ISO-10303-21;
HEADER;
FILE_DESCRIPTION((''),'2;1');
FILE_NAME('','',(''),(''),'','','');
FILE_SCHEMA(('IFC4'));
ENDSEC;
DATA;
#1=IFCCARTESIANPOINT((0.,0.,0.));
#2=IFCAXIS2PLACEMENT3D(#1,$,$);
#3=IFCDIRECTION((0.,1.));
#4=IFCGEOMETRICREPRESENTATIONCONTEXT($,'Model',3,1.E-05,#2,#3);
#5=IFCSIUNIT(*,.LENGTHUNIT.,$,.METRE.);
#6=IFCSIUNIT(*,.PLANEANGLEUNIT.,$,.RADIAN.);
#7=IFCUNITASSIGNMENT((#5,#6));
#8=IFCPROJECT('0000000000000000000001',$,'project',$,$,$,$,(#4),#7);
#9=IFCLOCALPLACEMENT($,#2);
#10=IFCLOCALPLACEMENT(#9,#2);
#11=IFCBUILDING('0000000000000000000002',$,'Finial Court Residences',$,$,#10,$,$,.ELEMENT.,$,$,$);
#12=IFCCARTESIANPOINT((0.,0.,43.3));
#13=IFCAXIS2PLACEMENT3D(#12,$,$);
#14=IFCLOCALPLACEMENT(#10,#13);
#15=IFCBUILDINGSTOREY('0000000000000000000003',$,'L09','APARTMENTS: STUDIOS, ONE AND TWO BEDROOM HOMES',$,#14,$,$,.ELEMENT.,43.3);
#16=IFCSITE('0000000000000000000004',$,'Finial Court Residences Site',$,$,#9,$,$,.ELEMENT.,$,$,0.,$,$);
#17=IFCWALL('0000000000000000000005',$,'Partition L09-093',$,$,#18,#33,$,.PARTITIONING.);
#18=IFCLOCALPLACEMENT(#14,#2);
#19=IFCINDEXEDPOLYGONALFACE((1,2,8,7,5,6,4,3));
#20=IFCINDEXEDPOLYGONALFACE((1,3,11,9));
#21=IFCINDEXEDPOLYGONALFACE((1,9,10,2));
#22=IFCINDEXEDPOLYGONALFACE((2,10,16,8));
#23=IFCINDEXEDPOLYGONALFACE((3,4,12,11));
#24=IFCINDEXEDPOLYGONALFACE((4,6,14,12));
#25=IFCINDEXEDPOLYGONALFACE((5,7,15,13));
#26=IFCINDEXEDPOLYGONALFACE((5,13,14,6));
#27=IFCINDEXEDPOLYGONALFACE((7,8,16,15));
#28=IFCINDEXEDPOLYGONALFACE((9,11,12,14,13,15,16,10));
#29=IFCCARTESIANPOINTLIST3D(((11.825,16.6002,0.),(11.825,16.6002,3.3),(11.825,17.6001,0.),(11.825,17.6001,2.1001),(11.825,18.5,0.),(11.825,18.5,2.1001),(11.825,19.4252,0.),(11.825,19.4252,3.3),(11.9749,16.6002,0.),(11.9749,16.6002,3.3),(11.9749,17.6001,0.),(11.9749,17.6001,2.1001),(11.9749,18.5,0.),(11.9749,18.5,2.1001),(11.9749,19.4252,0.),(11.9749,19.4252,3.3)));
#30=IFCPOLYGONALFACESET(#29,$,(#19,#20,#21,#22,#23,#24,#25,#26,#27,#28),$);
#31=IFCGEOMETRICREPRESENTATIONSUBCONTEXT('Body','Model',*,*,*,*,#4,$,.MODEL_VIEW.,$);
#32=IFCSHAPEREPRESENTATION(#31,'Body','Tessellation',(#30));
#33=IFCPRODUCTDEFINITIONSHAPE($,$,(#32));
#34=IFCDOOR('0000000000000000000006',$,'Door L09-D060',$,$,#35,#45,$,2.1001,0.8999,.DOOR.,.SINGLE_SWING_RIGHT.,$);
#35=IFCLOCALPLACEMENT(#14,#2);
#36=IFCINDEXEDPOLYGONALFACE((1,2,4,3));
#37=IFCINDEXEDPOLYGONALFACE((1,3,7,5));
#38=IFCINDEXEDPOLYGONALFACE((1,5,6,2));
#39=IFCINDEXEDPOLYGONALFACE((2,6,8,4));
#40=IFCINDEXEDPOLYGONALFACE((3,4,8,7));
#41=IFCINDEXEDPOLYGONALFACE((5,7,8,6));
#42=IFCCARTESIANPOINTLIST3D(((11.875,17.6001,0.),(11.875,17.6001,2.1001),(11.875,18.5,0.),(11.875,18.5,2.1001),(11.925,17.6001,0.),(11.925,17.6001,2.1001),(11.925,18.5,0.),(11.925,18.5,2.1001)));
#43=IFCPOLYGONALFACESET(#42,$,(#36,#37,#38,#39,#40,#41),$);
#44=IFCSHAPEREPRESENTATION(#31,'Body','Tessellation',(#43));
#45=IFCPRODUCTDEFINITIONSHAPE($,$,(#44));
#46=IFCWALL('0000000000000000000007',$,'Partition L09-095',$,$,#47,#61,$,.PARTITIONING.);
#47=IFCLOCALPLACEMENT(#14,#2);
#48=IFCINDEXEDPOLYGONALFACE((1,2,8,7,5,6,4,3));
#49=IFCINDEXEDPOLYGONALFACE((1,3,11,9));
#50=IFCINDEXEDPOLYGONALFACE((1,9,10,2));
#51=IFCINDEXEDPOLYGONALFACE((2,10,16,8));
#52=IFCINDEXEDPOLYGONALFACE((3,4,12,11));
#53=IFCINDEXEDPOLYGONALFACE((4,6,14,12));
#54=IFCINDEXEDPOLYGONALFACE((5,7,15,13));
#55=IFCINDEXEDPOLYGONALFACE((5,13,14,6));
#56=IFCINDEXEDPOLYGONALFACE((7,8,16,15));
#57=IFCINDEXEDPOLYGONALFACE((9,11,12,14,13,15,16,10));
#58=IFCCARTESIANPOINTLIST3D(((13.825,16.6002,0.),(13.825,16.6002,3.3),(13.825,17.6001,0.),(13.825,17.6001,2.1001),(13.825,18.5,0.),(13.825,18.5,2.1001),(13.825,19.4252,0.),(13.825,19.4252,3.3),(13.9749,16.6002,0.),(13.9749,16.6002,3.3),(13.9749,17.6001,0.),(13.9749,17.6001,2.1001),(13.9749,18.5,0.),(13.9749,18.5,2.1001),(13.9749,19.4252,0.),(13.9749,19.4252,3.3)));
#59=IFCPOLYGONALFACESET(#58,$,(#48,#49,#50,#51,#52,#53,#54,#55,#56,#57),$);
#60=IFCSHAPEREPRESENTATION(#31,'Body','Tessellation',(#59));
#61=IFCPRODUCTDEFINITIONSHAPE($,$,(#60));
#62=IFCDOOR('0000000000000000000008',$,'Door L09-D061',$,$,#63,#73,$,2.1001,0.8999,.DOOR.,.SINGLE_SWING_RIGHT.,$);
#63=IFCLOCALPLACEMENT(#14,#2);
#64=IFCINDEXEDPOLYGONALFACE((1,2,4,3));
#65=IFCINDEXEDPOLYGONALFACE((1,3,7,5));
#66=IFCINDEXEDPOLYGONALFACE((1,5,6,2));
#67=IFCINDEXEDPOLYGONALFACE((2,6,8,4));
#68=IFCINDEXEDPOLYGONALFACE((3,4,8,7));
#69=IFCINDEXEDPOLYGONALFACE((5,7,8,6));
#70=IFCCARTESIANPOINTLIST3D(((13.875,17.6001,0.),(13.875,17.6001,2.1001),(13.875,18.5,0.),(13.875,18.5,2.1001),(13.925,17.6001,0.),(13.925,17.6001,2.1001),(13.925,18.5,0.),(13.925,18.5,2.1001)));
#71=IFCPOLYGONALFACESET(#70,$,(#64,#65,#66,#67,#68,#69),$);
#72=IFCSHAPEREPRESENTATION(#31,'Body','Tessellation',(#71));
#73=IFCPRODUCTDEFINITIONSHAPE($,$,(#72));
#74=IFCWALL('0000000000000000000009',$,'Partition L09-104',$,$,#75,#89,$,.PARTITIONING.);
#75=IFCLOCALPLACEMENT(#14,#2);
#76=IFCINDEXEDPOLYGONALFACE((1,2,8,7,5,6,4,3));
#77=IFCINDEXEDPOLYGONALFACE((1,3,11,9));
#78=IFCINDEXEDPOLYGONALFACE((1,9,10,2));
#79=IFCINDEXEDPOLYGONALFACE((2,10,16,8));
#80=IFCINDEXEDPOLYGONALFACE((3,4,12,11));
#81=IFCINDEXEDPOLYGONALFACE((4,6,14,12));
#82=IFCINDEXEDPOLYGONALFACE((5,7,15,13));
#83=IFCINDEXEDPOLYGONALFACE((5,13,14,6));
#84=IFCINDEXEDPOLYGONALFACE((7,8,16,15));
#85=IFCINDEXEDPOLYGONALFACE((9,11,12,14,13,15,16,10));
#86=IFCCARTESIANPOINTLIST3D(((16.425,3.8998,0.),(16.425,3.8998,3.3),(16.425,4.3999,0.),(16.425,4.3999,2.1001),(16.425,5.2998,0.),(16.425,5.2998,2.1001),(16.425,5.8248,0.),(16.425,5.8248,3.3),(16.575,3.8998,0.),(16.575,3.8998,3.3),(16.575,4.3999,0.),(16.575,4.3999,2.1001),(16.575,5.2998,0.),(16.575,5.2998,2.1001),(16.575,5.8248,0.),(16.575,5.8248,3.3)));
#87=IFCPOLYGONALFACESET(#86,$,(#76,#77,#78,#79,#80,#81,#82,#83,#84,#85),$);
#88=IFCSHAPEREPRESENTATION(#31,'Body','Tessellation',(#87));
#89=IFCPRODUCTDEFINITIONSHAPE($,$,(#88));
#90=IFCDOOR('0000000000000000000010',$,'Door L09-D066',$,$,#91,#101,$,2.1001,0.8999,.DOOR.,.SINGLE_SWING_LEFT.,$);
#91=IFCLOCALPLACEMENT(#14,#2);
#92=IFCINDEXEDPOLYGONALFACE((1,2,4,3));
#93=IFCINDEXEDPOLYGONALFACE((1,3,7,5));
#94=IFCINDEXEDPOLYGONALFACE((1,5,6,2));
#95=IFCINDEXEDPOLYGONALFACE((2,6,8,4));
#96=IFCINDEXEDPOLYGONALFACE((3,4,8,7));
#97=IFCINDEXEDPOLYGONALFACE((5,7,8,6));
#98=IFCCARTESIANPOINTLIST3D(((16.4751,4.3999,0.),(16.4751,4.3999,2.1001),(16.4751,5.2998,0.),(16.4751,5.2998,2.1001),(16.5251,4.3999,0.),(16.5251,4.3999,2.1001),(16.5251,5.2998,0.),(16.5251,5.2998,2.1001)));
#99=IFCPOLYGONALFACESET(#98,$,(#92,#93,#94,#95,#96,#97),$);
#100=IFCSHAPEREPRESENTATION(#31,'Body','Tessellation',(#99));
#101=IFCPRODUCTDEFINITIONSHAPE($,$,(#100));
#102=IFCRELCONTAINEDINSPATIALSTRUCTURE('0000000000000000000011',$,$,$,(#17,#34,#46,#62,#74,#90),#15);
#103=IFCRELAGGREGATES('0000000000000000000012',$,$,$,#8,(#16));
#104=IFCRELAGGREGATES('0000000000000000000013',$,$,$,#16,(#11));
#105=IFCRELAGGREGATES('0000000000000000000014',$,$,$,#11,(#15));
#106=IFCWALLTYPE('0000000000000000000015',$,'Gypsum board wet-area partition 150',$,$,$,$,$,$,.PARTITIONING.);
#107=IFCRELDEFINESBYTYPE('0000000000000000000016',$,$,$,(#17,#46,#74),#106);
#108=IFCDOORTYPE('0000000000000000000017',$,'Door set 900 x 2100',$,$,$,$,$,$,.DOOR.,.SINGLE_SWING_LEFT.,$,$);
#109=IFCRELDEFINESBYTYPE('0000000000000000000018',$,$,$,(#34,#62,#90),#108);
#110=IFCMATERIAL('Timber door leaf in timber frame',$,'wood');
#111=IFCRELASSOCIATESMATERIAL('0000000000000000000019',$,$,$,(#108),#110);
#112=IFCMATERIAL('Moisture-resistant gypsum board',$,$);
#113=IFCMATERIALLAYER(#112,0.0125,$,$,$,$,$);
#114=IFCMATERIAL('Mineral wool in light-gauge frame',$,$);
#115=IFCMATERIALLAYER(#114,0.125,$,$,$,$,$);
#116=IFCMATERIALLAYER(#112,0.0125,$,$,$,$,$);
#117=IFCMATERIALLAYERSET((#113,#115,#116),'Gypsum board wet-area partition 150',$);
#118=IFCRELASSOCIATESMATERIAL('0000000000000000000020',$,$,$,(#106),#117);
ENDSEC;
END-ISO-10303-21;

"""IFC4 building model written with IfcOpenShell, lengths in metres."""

from ifc_helpers import new_model, si_unit, direction, frame, frame_2d, origin, place, context, subcontext, project, spatial, rectangle, extrude, material, layer, layer_set, type_object, element, fill, save


model = new_model("IFC4")

# Units and contexts
model_context = context("Model", 3, precision=1e-05, world=origin(), true_north=direction((0.0, 1.0)))
body_context = subcontext(model_context, "Body", "Model", "MODEL_VIEW")
ifc_project = project(units=[si_unit("LENGTHUNIT", "METRE"), si_unit("PLANEANGLEUNIT", "RADIAN")], contexts=[model_context])

# Site, building, storey
site_placement = place(None, origin())
site = spatial("IfcSite", under=ifc_project, at=site_placement, Name="Finial Court Residences Site", CompositionType="ELEMENT", RefElevation=0.0)
building_placement = place(site_placement, origin())
building = spatial("IfcBuilding", under=site, at=building_placement, Name="Finial Court Residences", CompositionType="ELEMENT")
storey_placement = place(building_placement, frame((0.0, 0.0, 43.3)))
storey = spatial("IfcBuildingStorey", under=building, at=storey_placement, Name="L09", Description="APARTMENTS: STUDIOS, ONE AND TWO BEDROOM HOMES", CompositionType="ELEMENT", Elevation=43.3)

# Shared definitions
ifc_material_1 = material(Name="Mineral wool in light-gauge frame")
ifc_material_2 = material(Name="Timber door leaf in timber frame", Category="wood")
door_type = type_object("IfcDoorType", Name="Door set 900 x 2100", OperationType="SINGLE_SWING_LEFT", PredefinedType="DOOR", material=ifc_material_2)

# Shared definitions
ifc_material_3 = material(Name="Moisture-resistant gypsum board")
ifc_layer_1 = layer(ifc_material_3, 0.0125)
ifc_layer_2 = layer(ifc_material_1, 0.125)
ifc_layer_3 = layer(ifc_material_3, 0.0125)
ifc_layer_set_1 = layer_set([ifc_layer_1, ifc_layer_2, ifc_layer_3], Name="Gypsum board wet-area partition 150")
wall_type_1 = type_object("IfcWallType", Name="Gypsum board wet-area partition 150", PredefinedType="PARTITIONING", material=ifc_layer_set_1)

# Walls, openings, doors
wall_1_placement = place(storey_placement, frame((11.8999, 16.6001, 0.0), z_axis=(0.0, 0.0, 1.0), x_axis=(0.0, 1.0, 0.0)))
wall_1 = element("IfcWall", 1, at=wall_1_placement, inside=storey, type_object=wall_type_1, Name="Partition L09-093", PredefinedType="PARTITIONING", context=body_context, shape_type="SweptSolid", body=[
    extrude(rectangle(XDim=2.825, YDim=0.1499, at=frame_2d((1.4126, 0.0))), origin(), (0.0, 0.0, 1.0), 3.3),
])
opening_1_placement = place(wall_1_placement, frame((1.0, 0.0, 0.0)))
opening_1 = element("IfcOpeningElement", 2, at=opening_1_placement, cuts=wall_1, PredefinedType="OPENING", context=body_context, shape_type="SweptSolid", body=[
    extrude(rectangle(XDim=0.8999, YDim=2.1001, at=frame_2d((0.45, 1.05))), frame((0.0, 0.085, 0.0), z_axis=(0.0, -1.0, 0.0), x_axis=(1.0, 0.0, 0.0)), (0.0, 0.0, 1.0), 0.1699),
])
door_1_placement = place(opening_1_placement, origin())
door_1 = element("IfcDoor", 3, at=door_1_placement, inside=storey, type_object=door_type, Name="Door L09-D060", OperationType="SINGLE_SWING_RIGHT", OverallHeight=2.1001, OverallWidth=0.8999, PredefinedType="DOOR", context=body_context, shape_type="SweptSolid", body=[
    extrude(rectangle(XDim=0.8999, YDim=2.1001, at=frame_2d((0.45, 1.05))), frame((0.0, 0.0249, 0.0), z_axis=(0.0, -1.0, 0.0), x_axis=(1.0, 0.0, 0.0)), (0.0, 0.0, 1.0), 0.05),
])
fill(opening_1, door_1)
wall_2_placement = place(storey_placement, frame((13.8999, 16.6001, 0.0), z_axis=(0.0, 0.0, 1.0), x_axis=(0.0, 1.0, 0.0)))
wall_2 = element("IfcWall", 4, at=wall_2_placement, inside=storey, type_object=wall_type_1, Name="Partition L09-095", PredefinedType="PARTITIONING", context=body_context, shape_type="SweptSolid", body=[
    extrude(rectangle(XDim=2.825, YDim=0.1499, at=frame_2d((1.4126, 0.0))), origin(), (0.0, 0.0, 1.0), 3.3),
])
opening_2_placement = place(wall_2_placement, frame((1.0, 0.0, 0.0)))
opening_2 = element("IfcOpeningElement", 5, at=opening_2_placement, cuts=wall_2, PredefinedType="OPENING", context=body_context, shape_type="SweptSolid", body=[
    extrude(rectangle(XDim=0.8999, YDim=2.1001, at=frame_2d((0.45, 1.05))), frame((0.0, 0.085, 0.0), z_axis=(0.0, -1.0, 0.0), x_axis=(1.0, 0.0, 0.0)), (0.0, 0.0, 1.0), 0.1699),
])
door_2_placement = place(opening_2_placement, origin())
door_2 = element("IfcDoor", 6, at=door_2_placement, inside=storey, type_object=door_type, Name="Door L09-D061", OperationType="SINGLE_SWING_RIGHT", OverallHeight=2.1001, OverallWidth=0.8999, PredefinedType="DOOR", context=body_context, shape_type="SweptSolid", body=[
    extrude(rectangle(XDim=0.8999, YDim=2.1001, at=frame_2d((0.45, 1.05))), frame((0.0, 0.0249, 0.0), z_axis=(0.0, -1.0, 0.0), x_axis=(1.0, 0.0, 0.0)), (0.0, 0.0, 1.0), 0.05),
])
fill(opening_2, door_2)
wall_3_placement = place(storey_placement, frame((16.5, 3.8999, 0.0), z_axis=(0.0, 0.0, 1.0), x_axis=(0.0, 1.0, 0.0)))
wall_3 = element("IfcWall", 7, at=wall_3_placement, inside=storey, type_object=wall_type_1, Name="Partition L09-104", PredefinedType="PARTITIONING", context=body_context, shape_type="SweptSolid", body=[
    extrude(rectangle(XDim=1.925, YDim=0.1499, at=frame_2d((0.9624, 0.0))), origin(), (0.0, 0.0, 1.0), 3.3),
])
opening_3_placement = place(wall_3_placement, frame((0.5, 0.0, 0.0)))
opening_3 = element("IfcOpeningElement", 8, at=opening_3_placement, cuts=wall_3, PredefinedType="OPENING", context=body_context, shape_type="SweptSolid", body=[
    extrude(rectangle(XDim=0.8999, YDim=2.1001, at=frame_2d((0.45, 1.05))), frame((0.0, 0.085, 0.0), z_axis=(0.0, -1.0, 0.0), x_axis=(1.0, 0.0, 0.0)), (0.0, 0.0, 1.0), 0.1699),
])
door_3_placement = place(opening_3_placement, origin())
door_3 = element("IfcDoor", 9, at=door_3_placement, inside=storey, type_object=door_type, Name="Door L09-D066", OperationType="SINGLE_SWING_LEFT", OverallHeight=2.1001, OverallWidth=0.8999, PredefinedType="DOOR", context=body_context, shape_type="SweptSolid", body=[
    extrude(rectangle(XDim=0.8999, YDim=2.1001, at=frame_2d((0.45, 1.05))), frame((0.0, 0.0249, 0.0), z_axis=(0.0, -1.0, 0.0), x_axis=(1.0, 0.0, 0.0)), (0.0, 0.0, 1.0), 0.05),
])
fill(opening_3, door_3)

save(model, "model.ifc")
